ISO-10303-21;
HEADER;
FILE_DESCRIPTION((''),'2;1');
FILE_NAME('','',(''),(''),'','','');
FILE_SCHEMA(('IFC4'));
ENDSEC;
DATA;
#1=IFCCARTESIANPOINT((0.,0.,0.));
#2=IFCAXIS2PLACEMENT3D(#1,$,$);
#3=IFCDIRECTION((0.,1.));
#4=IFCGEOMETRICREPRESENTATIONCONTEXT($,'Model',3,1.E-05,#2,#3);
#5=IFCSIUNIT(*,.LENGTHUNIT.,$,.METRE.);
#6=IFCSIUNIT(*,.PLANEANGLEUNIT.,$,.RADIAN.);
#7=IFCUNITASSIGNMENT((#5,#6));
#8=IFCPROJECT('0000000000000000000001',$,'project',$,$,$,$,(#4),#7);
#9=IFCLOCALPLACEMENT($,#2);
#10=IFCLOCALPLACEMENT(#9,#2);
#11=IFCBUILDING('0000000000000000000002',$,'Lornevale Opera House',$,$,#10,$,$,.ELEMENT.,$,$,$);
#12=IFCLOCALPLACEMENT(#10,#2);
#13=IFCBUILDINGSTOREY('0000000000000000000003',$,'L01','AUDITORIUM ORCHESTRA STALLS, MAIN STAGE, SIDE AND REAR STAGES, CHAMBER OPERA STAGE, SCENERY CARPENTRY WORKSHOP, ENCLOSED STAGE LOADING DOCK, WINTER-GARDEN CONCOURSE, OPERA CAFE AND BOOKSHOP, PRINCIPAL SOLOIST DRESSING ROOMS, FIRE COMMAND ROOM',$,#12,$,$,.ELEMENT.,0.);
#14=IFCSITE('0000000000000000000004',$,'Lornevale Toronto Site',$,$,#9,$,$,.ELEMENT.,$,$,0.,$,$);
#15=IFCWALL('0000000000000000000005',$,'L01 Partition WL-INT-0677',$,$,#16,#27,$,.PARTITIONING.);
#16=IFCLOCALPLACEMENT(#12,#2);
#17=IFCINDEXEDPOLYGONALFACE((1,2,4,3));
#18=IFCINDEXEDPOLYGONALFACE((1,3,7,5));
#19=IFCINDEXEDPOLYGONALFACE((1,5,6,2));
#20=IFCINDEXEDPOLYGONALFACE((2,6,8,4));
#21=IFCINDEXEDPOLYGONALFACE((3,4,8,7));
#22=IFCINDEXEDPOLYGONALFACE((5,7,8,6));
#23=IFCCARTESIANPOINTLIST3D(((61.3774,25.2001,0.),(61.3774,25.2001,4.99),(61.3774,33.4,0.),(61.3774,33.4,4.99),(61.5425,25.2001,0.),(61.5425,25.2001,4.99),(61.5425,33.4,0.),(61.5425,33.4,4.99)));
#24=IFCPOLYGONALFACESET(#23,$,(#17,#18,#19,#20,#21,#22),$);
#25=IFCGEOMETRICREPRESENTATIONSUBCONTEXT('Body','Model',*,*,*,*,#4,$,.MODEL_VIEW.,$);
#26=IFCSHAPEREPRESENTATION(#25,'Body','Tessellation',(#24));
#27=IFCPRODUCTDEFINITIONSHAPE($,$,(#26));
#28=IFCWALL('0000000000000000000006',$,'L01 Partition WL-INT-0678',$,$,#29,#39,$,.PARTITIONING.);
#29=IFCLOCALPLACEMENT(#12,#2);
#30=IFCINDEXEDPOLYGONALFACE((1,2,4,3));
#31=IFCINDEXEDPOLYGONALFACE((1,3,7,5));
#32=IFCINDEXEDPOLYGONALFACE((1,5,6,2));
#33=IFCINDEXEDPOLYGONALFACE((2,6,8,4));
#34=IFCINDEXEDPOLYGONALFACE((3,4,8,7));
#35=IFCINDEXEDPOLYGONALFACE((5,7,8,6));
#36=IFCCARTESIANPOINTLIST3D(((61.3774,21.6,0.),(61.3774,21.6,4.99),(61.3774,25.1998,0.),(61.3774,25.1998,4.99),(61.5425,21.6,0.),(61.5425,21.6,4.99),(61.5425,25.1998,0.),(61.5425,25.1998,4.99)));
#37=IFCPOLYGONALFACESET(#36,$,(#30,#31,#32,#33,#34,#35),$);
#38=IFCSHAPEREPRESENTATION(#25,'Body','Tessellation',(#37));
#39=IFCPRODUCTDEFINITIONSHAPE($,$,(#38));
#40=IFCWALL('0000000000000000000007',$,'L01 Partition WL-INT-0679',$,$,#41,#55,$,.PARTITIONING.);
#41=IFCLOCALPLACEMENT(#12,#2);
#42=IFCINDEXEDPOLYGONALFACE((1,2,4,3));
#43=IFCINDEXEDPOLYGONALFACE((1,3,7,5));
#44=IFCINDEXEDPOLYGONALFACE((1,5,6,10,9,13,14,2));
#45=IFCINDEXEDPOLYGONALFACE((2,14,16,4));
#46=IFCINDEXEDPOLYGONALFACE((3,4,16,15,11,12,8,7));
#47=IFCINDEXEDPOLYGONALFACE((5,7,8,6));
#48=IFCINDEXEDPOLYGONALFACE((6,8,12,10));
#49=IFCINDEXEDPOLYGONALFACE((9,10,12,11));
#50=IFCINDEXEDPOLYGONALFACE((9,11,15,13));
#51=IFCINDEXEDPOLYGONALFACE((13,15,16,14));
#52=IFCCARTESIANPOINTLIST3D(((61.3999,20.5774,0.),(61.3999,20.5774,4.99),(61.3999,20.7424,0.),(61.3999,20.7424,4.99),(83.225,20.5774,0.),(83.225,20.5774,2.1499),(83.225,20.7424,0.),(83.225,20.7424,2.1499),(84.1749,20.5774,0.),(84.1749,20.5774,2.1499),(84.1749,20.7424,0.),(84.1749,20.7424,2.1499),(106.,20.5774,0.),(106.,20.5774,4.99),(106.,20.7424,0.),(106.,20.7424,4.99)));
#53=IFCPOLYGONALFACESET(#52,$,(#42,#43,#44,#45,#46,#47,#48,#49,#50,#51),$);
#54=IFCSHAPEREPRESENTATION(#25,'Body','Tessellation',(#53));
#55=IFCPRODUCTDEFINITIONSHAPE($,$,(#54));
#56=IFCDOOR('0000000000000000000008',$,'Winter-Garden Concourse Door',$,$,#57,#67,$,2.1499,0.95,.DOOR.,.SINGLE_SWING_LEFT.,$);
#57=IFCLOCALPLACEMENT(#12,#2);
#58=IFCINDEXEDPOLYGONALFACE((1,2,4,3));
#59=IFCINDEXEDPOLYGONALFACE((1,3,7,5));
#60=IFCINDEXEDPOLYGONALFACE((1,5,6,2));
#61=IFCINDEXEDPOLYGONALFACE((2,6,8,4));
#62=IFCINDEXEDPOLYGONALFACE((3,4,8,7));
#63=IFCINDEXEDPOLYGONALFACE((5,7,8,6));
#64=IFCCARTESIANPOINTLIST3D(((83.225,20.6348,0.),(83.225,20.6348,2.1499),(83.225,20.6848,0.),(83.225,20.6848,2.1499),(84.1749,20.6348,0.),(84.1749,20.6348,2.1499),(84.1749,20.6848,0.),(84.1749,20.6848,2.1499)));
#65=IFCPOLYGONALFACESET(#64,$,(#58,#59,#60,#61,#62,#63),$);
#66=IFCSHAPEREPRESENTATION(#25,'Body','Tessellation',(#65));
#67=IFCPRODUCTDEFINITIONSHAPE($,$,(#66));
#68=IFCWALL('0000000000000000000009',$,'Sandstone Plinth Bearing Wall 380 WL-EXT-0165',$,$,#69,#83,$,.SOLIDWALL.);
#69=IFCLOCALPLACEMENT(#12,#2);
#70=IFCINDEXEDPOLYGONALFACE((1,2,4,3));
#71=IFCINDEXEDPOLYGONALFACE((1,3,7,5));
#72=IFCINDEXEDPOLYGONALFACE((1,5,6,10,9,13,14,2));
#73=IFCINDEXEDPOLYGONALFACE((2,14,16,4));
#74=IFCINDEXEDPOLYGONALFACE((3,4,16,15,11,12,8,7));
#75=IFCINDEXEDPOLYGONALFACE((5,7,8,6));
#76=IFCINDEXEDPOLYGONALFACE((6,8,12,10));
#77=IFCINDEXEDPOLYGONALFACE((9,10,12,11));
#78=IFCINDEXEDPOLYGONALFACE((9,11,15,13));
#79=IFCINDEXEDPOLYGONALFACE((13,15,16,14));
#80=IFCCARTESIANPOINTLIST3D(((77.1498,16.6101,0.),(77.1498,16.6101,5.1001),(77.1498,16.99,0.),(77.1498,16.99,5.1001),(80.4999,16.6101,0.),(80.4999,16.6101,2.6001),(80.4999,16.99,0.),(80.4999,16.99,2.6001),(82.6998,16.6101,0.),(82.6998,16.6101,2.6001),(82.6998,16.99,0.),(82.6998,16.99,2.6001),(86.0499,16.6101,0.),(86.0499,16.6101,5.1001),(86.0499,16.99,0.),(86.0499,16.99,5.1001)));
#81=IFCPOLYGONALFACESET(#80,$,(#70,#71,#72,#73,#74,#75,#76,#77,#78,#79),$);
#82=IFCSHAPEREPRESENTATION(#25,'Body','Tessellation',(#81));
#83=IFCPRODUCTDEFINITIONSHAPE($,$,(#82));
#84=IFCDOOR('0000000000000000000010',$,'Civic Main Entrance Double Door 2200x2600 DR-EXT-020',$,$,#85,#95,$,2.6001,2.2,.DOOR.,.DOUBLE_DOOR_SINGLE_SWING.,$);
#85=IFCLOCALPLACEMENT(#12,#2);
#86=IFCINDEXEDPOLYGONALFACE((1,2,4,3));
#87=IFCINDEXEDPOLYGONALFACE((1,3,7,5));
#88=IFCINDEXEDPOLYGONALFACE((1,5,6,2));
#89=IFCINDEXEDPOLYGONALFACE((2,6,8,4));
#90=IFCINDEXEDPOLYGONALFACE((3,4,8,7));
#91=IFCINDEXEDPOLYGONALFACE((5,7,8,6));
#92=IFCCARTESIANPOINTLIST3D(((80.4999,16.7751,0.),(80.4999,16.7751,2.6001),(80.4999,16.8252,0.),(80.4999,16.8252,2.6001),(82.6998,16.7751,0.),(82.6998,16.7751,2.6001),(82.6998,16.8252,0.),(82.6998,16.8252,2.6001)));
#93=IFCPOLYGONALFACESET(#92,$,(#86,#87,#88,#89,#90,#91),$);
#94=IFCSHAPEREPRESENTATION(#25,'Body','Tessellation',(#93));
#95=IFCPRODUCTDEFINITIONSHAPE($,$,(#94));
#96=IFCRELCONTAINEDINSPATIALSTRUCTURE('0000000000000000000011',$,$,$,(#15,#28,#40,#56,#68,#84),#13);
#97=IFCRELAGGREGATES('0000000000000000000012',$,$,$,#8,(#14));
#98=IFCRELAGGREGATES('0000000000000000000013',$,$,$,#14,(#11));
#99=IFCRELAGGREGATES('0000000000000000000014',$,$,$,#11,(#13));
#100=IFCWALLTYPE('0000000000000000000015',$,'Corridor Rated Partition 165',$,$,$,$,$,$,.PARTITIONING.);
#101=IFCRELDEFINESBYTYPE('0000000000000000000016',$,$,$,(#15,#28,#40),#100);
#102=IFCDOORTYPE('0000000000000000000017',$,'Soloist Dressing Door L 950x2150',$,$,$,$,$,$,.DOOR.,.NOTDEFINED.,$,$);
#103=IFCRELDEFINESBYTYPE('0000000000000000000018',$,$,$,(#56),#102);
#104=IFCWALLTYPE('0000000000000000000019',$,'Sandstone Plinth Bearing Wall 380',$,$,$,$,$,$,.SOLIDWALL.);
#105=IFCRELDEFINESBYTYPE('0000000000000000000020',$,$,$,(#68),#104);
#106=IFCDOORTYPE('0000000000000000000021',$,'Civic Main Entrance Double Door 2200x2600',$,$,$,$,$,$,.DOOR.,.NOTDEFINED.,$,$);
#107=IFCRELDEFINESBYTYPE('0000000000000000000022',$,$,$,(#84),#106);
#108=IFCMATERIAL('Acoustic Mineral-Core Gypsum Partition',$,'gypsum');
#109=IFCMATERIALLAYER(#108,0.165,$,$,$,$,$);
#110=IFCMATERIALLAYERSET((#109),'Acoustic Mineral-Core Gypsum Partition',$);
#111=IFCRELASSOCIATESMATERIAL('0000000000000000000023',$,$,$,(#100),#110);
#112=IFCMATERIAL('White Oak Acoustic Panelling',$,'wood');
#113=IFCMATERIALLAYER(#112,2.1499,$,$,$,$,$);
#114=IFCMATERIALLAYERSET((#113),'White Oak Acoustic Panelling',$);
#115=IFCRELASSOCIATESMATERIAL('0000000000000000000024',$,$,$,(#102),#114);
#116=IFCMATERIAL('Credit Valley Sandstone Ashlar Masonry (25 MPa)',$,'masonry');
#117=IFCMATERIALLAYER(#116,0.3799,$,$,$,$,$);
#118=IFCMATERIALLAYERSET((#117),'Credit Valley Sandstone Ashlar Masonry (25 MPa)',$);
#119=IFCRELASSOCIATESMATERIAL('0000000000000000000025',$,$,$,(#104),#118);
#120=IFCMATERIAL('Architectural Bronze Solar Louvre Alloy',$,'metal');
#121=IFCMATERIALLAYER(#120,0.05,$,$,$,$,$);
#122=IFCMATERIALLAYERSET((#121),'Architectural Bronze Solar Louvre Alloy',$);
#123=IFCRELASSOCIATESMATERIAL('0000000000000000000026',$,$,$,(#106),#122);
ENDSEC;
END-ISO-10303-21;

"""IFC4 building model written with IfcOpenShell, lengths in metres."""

from ifc_helpers import new_model, si_unit, direction, frame, frame_2d, origin, place, context, subcontext, project, spatial, rectangle, extrude, material, layer, layer_set, type_object, element, fill, save


model = new_model("IFC4")

# Units and contexts
model_context = context("Model", 3, precision=1e-05, world=origin(), true_north=direction((0.0, 1.0)))
body_context = subcontext(model_context, "Body", "Model", "MODEL_VIEW")
ifc_project = project(units=[si_unit("LENGTHUNIT", "METRE"), si_unit("PLANEANGLEUNIT", "RADIAN")], contexts=[model_context])

# Site, building, storey
site_placement = place(None, origin())
site = spatial("IfcSite", under=ifc_project, at=site_placement, Name="Lornevale Toronto Site", CompositionType="ELEMENT", RefElevation=0.0)
building_placement = place(site_placement, origin())
building = spatial("IfcBuilding", under=site, at=building_placement, Name="Lornevale Opera House", CompositionType="ELEMENT")
storey_placement = place(building_placement, origin())
storey = spatial("IfcBuildingStorey", under=building, at=storey_placement, Name="L01", Description="AUDITORIUM ORCHESTRA STALLS, MAIN STAGE, SIDE AND REAR STAGES, CHAMBER OPERA STAGE, SCENERY CARPENTRY WORKSHOP, ENCLOSED STAGE LOADING DOCK, WINTER-GARDEN CONCOURSE, OPERA CAFE AND BOOKSHOP, PRINCIPAL SOLOIST DRESSING ROOMS, FIRE COMMAND ROOM", CompositionType="ELEMENT", Elevation=0.0)

# Walls
ifc_material_1 = material(Name="Acoustic Mineral-Core Gypsum Partition", Category="gypsum")
ifc_layer_1 = layer(ifc_material_1, 0.165)
ifc_layer_set_1 = layer_set([ifc_layer_1], Name="Acoustic Mineral-Core Gypsum Partition")
wall_type_1 = type_object("IfcWallType", Name="Corridor Rated Partition 165", PredefinedType="PARTITIONING", material=ifc_layer_set_1)
wall_1_placement = place(storey_placement, frame((61.46, 25.2, 0.0), z_axis=(0.0, 0.0, 1.0), x_axis=(0.0, 1.0, 0.0)))
element("IfcWall", 1, at=wall_1_placement, inside=storey, type_object=wall_type_1, Name="L01 Partition WL-INT-0677", PredefinedType="PARTITIONING", context=body_context, shape_type="SweptSolid", body=[
    extrude(rectangle(XDim=8.2, YDim=0.165, at=frame_2d((4.1001, 0.0))), origin(), (0.0, 0.0, 1.0), 4.99),
])
wall_2_placement = place(storey_placement, frame((61.46, 21.6001, 0.0), z_axis=(0.0, 0.0, 1.0), x_axis=(0.0, 1.0, 0.0)))
element("IfcWall", 2, at=wall_2_placement, inside=storey, type_object=wall_type_1, Name="L01 Partition WL-INT-0678", PredefinedType="PARTITIONING", context=body_context, shape_type="SweptSolid", body=[
    extrude(rectangle(XDim=3.5999, YDim=0.165, at=frame_2d((1.7998, 0.0))), origin(), (0.0, 0.0, 1.0), 4.99),
])

# Walls, openings, doors
wall_3_placement = place(storey_placement, frame((61.3999, 20.6599, 0.0), z_axis=(0.0, 0.0, 1.0), x_axis=(1.0, 0.0, 0.0)))
wall_3 = element("IfcWall", 3, at=wall_3_placement, inside=storey, type_object=wall_type_1, Name="L01 Partition WL-INT-0679", PredefinedType="PARTITIONING", context=body_context, shape_type="SweptSolid", body=[
    extrude(rectangle(XDim=44.6001, YDim=0.165, at=frame_2d((22.3, 0.0))), origin(), (0.0, 0.0, 1.0), 4.99),
])
opening_1_placement = place(wall_3_placement, frame((21.825, 0.0, 0.0)))
opening_1 = element("IfcOpeningElement", 4, at=opening_1_placement, cuts=wall_3, PredefinedType="OPENING", context=body_context, shape_type="SweptSolid", body=[
    extrude(rectangle(XDim=0.95, YDim=2.1499, at=frame_2d((0.4751, 1.075))), frame((0.0, 0.0925, 0.0), z_axis=(0.0, -1.0, 0.0), x_axis=(1.0, 0.0, 0.0)), (0.0, 0.0, 1.0), 0.1851),
])
ifc_material_2 = material(Name="White Oak Acoustic Panelling", Category="wood")
ifc_layer_2 = layer(ifc_material_2, 2.1499)
ifc_layer_set_2 = layer_set([ifc_layer_2], Name="White Oak Acoustic Panelling")
door_type_1 = type_object("IfcDoorType", Name="Soloist Dressing Door L 950x2150", OperationType="NOTDEFINED", PredefinedType="DOOR", material=ifc_layer_set_2)
door_1_placement = place(opening_1_placement, origin())
door_1 = element("IfcDoor", 5, at=door_1_placement, inside=storey, type_object=door_type_1, Name="Winter-Garden Concourse Door", OperationType="SINGLE_SWING_LEFT", OverallHeight=2.1499, OverallWidth=0.95, PredefinedType="DOOR", context=body_context, shape_type="SweptSolid", body=[
    extrude(rectangle(XDim=0.95, YDim=2.1499, at=frame_2d((0.4751, 1.075))), frame((0.0, 0.0249, 0.0), z_axis=(0.0, -1.0, 0.0), x_axis=(1.0, 0.0, 0.0)), (0.0, 0.0, 1.0), 0.05),
])
fill(opening_1, door_1)
ifc_material_3 = material(Name="Credit Valley Sandstone Ashlar Masonry (25 MPa)", Category="masonry")
ifc_layer_3 = layer(ifc_material_3, 0.3799)
ifc_layer_set_3 = layer_set([ifc_layer_3], Name="Credit Valley Sandstone Ashlar Masonry (25 MPa)")
wall_type_2 = type_object("IfcWallType", Name="Sandstone Plinth Bearing Wall 380", PredefinedType="SOLIDWALL", material=ifc_layer_set_3)
wall_4_placement = place(storey_placement, frame((86.05, 16.8, 0.0), z_axis=(0.0, 0.0, 1.0), x_axis=(-1.0, 0.0, 0.0)))
wall_4 = element("IfcWall", 6, at=wall_4_placement, inside=storey, type_object=wall_type_2, Name="Sandstone Plinth Bearing Wall 380 WL-EXT-0165", PredefinedType="SOLIDWALL", context=body_context, shape_type="SweptSolid", body=[
    extrude(rectangle(XDim=8.9001, YDim=0.3799, at=frame_2d((4.4502, 0.0))), origin(), (0.0, 0.0, 1.0), 5.1001),
])
opening_2_placement = place(wall_4_placement, frame((3.3501, 0.0, 0.0)))
opening_2 = element("IfcOpeningElement", 7, at=opening_2_placement, cuts=wall_4, PredefinedType="OPENING", context=body_context, shape_type="SweptSolid", body=[
    extrude(rectangle(XDim=2.2, YDim=2.6001, at=frame_2d((1.1001, 1.3))), frame((0.0, 0.2, 0.0), z_axis=(0.0, -1.0, 0.0), x_axis=(1.0, 0.0, 0.0)), (0.0, 0.0, 1.0), 0.3999),
])
ifc_material_4 = material(Name="Architectural Bronze Solar Louvre Alloy", Category="metal")
ifc_layer_4 = layer(ifc_material_4, 0.05)
ifc_layer_set_4 = layer_set([ifc_layer_4], Name="Architectural Bronze Solar Louvre Alloy")
door_type_2 = type_object("IfcDoorType", Name="Civic Main Entrance Double Door 2200x2600", OperationType="NOTDEFINED", PredefinedType="DOOR", material=ifc_layer_set_4)
door_2_placement = place(opening_2_placement, origin())
door_2 = element("IfcDoor", 8, at=door_2_placement, inside=storey, type_object=door_type_2, Name="Civic Main Entrance Double Door 2200x2600 DR-EXT-020", OperationType="DOUBLE_DOOR_SINGLE_SWING", OverallHeight=2.6001, OverallWidth=2.2, PredefinedType="DOOR", context=body_context, shape_type="SweptSolid", body=[
    extrude(rectangle(XDim=2.2, YDim=2.6001, at=frame_2d((1.1001, 1.3))), frame((0.0, 0.0249, 0.0), z_axis=(0.0, -1.0, 0.0), x_axis=(1.0, 0.0, 0.0)), (0.0, 0.0, 1.0), 0.05),
])
fill(opening_2, door_2)

save(model, "model.ifc")
